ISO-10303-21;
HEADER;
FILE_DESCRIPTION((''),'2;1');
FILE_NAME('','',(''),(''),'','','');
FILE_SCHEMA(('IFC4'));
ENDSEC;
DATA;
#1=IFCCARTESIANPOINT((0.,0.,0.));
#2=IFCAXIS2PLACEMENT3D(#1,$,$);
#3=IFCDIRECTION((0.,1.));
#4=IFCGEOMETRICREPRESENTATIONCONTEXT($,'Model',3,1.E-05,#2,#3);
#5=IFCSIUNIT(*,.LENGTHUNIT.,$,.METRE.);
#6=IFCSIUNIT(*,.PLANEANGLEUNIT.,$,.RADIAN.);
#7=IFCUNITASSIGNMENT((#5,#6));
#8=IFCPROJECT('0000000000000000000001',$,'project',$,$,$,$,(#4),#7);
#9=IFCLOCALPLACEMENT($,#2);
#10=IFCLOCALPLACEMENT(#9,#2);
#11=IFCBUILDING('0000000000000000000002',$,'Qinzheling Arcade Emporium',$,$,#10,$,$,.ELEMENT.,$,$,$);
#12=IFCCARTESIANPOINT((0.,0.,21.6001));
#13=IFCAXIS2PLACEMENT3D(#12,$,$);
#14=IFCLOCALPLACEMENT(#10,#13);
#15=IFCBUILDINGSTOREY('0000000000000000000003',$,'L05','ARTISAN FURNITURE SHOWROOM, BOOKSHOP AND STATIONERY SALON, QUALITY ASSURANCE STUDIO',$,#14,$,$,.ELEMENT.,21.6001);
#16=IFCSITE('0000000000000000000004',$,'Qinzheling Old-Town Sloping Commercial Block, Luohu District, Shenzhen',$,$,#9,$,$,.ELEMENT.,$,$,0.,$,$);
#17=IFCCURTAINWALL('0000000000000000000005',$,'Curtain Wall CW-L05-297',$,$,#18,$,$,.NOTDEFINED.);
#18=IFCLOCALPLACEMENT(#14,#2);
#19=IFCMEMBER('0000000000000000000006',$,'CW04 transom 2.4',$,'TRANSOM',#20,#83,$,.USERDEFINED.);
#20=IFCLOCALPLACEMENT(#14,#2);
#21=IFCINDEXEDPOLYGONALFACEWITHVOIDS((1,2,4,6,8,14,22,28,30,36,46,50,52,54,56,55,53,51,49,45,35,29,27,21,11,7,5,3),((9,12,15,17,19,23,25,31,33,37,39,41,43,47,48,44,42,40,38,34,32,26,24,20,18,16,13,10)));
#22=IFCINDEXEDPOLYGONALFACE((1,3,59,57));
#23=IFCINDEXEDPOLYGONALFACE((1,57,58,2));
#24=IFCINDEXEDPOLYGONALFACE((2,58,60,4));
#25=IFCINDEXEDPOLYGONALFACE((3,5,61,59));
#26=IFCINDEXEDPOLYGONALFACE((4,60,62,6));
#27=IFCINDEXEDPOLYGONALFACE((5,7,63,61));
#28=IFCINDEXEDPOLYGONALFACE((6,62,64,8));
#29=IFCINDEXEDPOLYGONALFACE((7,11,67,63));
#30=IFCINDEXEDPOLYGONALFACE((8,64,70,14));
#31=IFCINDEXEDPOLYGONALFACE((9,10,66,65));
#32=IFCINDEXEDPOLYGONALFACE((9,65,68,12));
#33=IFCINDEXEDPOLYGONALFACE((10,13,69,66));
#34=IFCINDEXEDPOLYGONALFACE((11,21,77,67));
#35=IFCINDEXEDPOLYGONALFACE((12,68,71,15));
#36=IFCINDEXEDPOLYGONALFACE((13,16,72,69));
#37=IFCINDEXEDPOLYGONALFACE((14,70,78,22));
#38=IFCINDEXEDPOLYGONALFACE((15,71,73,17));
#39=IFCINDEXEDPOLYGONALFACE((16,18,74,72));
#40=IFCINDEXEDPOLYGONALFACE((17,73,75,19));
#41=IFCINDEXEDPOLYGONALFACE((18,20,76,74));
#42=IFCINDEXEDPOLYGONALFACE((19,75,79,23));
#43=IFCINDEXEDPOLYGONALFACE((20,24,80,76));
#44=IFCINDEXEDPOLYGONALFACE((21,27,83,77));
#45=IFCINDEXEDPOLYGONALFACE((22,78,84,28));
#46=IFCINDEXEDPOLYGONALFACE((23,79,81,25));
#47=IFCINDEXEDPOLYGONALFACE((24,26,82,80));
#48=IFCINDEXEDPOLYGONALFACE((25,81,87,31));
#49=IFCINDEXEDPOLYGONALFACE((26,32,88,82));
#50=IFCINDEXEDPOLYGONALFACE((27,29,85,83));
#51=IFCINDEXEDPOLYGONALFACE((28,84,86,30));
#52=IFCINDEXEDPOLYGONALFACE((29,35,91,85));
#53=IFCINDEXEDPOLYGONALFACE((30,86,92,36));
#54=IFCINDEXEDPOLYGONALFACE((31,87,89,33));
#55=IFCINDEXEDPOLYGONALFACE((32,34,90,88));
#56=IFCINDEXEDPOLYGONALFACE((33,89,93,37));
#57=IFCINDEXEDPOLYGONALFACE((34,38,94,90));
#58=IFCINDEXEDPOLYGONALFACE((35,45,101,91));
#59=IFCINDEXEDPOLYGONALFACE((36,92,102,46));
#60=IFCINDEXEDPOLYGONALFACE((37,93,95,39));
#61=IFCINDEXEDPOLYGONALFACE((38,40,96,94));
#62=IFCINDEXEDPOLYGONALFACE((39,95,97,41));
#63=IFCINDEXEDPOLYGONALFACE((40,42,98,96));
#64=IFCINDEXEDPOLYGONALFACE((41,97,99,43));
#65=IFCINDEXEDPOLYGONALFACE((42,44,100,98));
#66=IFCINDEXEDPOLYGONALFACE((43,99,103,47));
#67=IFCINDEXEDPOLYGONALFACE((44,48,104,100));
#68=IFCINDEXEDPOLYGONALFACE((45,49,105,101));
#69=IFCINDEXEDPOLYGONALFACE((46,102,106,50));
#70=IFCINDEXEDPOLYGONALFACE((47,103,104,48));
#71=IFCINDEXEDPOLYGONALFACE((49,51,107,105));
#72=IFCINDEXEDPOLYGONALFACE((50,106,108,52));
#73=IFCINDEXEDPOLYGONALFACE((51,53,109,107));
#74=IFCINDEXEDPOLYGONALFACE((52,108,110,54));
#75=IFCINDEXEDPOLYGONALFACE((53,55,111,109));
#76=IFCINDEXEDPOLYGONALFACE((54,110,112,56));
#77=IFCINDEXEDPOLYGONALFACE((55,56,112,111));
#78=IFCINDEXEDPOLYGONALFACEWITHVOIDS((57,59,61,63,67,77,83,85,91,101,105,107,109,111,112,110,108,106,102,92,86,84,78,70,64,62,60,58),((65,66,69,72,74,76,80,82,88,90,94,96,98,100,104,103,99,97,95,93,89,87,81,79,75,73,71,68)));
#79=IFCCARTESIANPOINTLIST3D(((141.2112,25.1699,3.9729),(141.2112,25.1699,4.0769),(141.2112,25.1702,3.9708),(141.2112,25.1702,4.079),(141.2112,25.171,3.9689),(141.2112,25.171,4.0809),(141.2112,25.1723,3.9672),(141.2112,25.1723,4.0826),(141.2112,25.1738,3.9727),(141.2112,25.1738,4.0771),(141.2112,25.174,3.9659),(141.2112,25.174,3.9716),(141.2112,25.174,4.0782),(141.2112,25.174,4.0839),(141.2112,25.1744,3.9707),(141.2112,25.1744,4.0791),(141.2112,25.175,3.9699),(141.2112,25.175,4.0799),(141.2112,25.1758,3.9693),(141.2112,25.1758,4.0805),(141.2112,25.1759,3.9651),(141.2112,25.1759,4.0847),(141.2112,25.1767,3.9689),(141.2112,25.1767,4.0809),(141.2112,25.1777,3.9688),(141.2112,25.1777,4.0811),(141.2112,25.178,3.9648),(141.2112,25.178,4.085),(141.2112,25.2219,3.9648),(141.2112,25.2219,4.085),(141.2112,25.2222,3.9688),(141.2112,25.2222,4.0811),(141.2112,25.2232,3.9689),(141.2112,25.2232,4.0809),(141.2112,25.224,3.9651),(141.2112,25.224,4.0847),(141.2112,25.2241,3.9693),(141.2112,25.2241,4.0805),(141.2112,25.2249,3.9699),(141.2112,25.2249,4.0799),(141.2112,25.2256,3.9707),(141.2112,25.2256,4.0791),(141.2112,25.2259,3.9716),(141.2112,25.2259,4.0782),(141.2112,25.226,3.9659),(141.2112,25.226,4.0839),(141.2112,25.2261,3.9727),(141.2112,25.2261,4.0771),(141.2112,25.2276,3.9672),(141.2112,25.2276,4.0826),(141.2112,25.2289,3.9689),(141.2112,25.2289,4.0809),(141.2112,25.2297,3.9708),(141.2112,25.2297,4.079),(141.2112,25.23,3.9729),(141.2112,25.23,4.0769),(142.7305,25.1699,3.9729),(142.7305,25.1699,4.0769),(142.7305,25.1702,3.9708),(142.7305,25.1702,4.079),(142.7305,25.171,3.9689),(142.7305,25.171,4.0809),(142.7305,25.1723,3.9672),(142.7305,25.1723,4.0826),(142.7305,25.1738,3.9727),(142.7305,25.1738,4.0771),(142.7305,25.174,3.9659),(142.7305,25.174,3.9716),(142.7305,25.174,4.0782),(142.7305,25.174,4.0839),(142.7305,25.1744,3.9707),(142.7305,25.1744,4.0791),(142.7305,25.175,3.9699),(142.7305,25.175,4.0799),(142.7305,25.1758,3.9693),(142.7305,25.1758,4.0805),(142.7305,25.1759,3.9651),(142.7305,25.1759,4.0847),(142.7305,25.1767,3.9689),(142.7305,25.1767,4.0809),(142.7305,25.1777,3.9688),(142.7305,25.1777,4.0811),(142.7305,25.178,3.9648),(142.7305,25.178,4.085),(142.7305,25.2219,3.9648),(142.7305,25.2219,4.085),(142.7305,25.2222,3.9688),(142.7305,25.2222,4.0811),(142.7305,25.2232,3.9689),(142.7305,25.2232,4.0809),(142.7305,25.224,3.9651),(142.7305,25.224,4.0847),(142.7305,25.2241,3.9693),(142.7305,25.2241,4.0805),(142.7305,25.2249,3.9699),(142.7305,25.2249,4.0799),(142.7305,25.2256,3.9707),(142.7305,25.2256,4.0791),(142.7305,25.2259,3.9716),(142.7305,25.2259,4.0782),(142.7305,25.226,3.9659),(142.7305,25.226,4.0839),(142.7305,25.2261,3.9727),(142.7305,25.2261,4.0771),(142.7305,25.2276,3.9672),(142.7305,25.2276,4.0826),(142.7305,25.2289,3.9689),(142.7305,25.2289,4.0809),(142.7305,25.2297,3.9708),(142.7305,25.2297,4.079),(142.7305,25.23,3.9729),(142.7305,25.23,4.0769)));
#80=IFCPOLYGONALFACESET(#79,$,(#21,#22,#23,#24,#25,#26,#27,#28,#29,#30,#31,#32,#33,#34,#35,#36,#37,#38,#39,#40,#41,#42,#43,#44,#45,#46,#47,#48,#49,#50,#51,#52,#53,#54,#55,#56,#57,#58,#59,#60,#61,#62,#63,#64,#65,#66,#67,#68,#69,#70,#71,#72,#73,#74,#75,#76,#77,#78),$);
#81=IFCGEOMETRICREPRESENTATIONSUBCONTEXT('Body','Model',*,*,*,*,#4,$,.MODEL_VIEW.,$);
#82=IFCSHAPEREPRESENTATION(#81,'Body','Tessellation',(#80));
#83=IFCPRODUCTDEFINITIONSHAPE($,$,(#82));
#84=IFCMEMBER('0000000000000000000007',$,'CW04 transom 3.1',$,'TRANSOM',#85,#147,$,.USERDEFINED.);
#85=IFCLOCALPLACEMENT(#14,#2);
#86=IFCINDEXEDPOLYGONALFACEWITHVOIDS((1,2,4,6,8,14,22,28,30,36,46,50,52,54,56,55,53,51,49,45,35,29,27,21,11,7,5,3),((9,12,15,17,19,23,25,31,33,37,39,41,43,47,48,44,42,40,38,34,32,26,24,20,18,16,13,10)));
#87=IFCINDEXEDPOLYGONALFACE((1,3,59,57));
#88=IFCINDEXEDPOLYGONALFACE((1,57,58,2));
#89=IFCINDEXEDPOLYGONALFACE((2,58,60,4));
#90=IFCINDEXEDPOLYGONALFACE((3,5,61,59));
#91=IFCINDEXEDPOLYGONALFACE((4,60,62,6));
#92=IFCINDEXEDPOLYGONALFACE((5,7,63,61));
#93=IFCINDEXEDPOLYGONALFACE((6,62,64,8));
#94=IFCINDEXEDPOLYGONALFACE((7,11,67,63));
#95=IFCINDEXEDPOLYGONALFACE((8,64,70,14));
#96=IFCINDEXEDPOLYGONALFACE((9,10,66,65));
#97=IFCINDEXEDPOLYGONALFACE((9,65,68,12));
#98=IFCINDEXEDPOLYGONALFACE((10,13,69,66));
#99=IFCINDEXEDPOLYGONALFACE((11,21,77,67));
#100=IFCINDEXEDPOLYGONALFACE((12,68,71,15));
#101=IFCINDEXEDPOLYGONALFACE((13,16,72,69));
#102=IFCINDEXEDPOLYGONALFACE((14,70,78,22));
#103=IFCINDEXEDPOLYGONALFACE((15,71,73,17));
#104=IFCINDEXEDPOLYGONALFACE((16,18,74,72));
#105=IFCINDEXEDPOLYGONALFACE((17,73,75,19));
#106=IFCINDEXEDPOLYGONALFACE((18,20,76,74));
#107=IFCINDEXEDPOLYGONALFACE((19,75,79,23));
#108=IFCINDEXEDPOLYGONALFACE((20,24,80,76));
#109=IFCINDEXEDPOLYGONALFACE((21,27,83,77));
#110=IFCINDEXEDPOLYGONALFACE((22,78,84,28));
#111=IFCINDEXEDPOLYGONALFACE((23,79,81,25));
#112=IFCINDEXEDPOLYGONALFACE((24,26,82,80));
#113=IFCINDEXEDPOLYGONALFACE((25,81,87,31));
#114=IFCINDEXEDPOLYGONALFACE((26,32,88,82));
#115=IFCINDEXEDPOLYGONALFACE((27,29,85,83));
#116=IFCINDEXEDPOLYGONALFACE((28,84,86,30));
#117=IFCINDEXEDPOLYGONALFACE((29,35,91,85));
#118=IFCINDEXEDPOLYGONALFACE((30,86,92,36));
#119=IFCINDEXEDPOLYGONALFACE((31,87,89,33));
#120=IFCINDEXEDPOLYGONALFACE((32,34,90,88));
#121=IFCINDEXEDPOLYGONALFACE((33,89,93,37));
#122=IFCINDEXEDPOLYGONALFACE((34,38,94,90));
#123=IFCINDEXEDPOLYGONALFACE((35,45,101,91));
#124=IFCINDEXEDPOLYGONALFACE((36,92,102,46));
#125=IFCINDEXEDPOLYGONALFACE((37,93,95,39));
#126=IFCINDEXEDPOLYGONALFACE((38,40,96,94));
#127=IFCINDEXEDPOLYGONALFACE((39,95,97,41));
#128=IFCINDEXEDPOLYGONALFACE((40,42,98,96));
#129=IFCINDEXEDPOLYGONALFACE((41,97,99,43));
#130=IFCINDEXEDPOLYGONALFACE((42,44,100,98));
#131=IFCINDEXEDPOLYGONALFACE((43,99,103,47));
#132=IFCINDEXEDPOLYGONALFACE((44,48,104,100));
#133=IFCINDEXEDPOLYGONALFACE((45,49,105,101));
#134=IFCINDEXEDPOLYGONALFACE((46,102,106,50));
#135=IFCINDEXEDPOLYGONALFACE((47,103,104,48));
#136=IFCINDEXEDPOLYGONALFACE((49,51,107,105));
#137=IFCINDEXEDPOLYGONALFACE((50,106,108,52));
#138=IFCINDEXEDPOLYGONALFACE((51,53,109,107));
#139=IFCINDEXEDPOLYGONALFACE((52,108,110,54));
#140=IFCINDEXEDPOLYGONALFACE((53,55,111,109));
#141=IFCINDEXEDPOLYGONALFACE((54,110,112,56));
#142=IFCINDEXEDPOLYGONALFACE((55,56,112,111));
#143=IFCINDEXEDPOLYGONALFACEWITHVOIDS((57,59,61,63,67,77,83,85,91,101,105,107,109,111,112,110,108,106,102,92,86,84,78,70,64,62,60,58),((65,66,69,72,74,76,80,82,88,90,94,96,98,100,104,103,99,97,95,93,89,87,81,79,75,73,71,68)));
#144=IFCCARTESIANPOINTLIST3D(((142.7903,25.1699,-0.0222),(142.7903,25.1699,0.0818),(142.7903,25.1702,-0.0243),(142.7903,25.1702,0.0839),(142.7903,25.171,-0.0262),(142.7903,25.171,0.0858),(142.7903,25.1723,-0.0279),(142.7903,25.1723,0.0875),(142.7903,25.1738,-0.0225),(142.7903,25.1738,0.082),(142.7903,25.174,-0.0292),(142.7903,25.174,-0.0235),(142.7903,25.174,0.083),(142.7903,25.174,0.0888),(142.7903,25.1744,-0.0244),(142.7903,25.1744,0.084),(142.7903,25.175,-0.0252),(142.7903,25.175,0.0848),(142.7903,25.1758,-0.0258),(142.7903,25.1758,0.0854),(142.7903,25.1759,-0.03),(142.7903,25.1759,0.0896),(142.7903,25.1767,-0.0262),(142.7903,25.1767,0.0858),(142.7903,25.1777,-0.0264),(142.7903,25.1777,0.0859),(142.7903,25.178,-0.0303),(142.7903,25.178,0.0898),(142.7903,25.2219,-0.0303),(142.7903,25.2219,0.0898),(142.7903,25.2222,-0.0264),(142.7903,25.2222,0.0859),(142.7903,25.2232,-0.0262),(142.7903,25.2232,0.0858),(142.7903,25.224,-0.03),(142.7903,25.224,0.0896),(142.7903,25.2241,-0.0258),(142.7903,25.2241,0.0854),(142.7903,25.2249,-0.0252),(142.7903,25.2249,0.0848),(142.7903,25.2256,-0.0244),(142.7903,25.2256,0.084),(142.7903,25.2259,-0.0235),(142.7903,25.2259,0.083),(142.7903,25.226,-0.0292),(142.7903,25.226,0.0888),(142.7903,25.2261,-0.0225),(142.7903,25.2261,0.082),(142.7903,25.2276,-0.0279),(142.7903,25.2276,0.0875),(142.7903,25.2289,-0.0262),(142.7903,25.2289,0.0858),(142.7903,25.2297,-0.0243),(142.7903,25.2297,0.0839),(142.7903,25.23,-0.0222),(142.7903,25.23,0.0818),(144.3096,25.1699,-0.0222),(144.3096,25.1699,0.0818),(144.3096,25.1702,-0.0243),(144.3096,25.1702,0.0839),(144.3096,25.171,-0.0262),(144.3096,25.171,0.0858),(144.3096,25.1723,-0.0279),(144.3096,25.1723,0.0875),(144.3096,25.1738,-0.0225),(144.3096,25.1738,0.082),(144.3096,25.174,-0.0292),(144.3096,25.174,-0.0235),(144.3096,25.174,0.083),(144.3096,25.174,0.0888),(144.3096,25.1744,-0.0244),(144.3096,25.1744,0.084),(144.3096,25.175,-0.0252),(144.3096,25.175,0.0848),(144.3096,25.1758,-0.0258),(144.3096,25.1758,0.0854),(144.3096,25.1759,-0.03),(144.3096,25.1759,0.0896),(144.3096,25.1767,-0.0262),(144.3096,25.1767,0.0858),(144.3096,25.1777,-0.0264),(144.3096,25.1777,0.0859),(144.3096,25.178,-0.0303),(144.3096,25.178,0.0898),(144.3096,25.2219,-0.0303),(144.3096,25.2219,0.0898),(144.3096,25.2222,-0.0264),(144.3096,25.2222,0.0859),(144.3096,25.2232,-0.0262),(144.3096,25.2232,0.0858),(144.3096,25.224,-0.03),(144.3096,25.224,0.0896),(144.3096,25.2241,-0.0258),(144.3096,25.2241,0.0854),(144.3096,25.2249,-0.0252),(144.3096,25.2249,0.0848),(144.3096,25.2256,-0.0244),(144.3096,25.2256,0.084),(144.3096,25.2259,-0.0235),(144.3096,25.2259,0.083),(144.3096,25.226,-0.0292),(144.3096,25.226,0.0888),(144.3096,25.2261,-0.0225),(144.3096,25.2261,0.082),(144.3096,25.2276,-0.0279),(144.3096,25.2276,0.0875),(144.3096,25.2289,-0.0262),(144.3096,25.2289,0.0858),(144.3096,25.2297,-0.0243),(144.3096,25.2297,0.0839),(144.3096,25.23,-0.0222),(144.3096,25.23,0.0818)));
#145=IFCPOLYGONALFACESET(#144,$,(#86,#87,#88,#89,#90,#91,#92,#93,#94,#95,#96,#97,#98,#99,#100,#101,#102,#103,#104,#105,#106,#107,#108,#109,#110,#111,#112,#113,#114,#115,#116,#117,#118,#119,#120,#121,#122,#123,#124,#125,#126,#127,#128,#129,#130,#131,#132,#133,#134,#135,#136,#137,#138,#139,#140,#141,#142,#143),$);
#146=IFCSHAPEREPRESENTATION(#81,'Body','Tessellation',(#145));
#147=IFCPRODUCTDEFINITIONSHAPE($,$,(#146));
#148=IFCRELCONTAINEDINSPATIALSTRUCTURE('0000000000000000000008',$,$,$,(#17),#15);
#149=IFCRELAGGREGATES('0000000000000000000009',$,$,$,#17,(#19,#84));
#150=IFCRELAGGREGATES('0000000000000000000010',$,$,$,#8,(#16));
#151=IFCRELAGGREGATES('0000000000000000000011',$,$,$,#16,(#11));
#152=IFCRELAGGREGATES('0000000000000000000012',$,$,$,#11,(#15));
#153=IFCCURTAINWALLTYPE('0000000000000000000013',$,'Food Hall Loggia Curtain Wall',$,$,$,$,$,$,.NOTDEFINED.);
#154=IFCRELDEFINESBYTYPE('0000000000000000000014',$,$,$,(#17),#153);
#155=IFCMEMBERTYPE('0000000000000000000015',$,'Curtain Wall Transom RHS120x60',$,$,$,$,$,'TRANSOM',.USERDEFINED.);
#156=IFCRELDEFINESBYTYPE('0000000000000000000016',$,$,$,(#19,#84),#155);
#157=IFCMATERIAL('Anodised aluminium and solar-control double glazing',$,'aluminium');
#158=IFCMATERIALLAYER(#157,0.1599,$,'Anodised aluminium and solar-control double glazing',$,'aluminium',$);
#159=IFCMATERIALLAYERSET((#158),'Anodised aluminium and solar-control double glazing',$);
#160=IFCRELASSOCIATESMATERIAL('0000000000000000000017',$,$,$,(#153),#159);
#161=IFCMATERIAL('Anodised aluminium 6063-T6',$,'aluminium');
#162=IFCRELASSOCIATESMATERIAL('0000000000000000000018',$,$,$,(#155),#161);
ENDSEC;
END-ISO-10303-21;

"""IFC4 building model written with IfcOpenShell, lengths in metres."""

from ifc_helpers import new_model, si_unit, direction, frame, origin, origin_2d, place, context, subcontext, project, spatial, hollow_rectangle, extrude, material, layer, layer_set, material_profile, profile_set, type_object, element, aggregate, save


model = new_model("IFC4")

# Units and contexts
model_context = context("Model", 3, precision=1e-05, world=origin(), true_north=direction((0.0, 1.0)))
body_context = subcontext(model_context, "Body", "Model", "MODEL_VIEW")
ifc_project = project(units=[si_unit("LENGTHUNIT", "METRE"), si_unit("PLANEANGLEUNIT", "RADIAN")], contexts=[model_context])

# Site, building, storey
site_placement = place(None, origin())
site = spatial("IfcSite", under=ifc_project, at=site_placement, Name="Qinzheling Old-Town Sloping Commercial Block, Luohu District, Shenzhen", CompositionType="ELEMENT", RefElevation=0.0)
building_placement = place(site_placement, origin())
building = spatial("IfcBuilding", under=site, at=building_placement, Name="Qinzheling Arcade Emporium", CompositionType="ELEMENT")
storey_placement = place(building_placement, frame((0.0, 0.0, 21.6001)))
storey = spatial("IfcBuildingStorey", under=building, at=storey_placement, Name="L05", Description="ARTISAN FURNITURE SHOWROOM, BOOKSHOP AND STATIONERY SALON, QUALITY ASSURANCE STUDIO", CompositionType="ELEMENT", Elevation=21.6001)

# Curtain wall, members
ifc_material_1 = material(Name="Anodised aluminium and solar-control double glazing", Category="aluminium")
ifc_layer_1 = layer(ifc_material_1, 0.1599, Name="Anodised aluminium and solar-control double glazing", Category="aluminium")
ifc_layer_set_1 = layer_set([ifc_layer_1], Name="Anodised aluminium and solar-control double glazing")
curtain_wall_type = type_object("IfcCurtainWallType", Name="Food Hall Loggia Curtain Wall", PredefinedType="NOTDEFINED", material=ifc_layer_set_1)
curtain_wall_placement = place(storey_placement, origin())
curtain_wall = element("IfcCurtainWall", 1, at=curtain_wall_placement, inside=storey, type_object=curtain_wall_type, Name="Curtain Wall CW-L05-297", PredefinedType="NOTDEFINED")
ifc_material_2 = material(Name="Anodised aluminium 6063-T6", Category="aluminium")
ifc_material_profile_1 = material_profile(ifc_material_2, hollow_rectangle(XDim=0.0601, YDim=0.1201, WallThickness=0.0039, InnerFilletRadius=0.0039, OuterFilletRadius=0.0081, at=origin_2d()), Name="RHS 120x60x4", Category="aluminium")
ifc_profile_set_1 = profile_set([ifc_material_profile_1], Name="Anodised aluminium 6063-T6")
member_type_1 = type_object("IfcMemberType", Name="Curtain Wall Transom RHS120x60", ElementType="TRANSOM", PredefinedType="USERDEFINED", material=ifc_profile_set_1)
member_1_placement = place(storey_placement, frame((141.2112, 25.2, 4.0249), z_axis=(1.0, 0.0, 0.0), x_axis=(0.0, 1.0, 0.0)))
member_1 = element("IfcMember", 2, at=member_1_placement, type_object=member_type_1, Name="CW04 transom 2.4", ObjectType="TRANSOM", PredefinedType="USERDEFINED", context=body_context, shape_type="SweptSolid", body=[
    extrude(hollow_rectangle(XDim=0.0601, YDim=0.1201, WallThickness=0.0039, InnerFilletRadius=0.0039, OuterFilletRadius=0.0081, at=origin_2d()), origin(), (0.0, 0.0, 1.0), 1.5193),
])
member_2_placement = place(storey_placement, frame((142.7903, 25.2, 0.0298), z_axis=(1.0, 0.0, 0.0), x_axis=(0.0, 1.0, 0.0)))
member_2 = element("IfcMember", 3, at=member_2_placement, type_object=member_type_1, Name="CW04 transom 3.1", ObjectType="TRANSOM", PredefinedType="USERDEFINED", context=body_context, shape_type="SweptSolid", body=[
    extrude(hollow_rectangle(XDim=0.0601, YDim=0.1201, WallThickness=0.0039, InnerFilletRadius=0.0039, OuterFilletRadius=0.0081, at=origin_2d()), origin(), (0.0, 0.0, 1.0), 1.5193),
])
aggregate(curtain_wall, [member_1, member_2])

save(model, "model.ifc")
